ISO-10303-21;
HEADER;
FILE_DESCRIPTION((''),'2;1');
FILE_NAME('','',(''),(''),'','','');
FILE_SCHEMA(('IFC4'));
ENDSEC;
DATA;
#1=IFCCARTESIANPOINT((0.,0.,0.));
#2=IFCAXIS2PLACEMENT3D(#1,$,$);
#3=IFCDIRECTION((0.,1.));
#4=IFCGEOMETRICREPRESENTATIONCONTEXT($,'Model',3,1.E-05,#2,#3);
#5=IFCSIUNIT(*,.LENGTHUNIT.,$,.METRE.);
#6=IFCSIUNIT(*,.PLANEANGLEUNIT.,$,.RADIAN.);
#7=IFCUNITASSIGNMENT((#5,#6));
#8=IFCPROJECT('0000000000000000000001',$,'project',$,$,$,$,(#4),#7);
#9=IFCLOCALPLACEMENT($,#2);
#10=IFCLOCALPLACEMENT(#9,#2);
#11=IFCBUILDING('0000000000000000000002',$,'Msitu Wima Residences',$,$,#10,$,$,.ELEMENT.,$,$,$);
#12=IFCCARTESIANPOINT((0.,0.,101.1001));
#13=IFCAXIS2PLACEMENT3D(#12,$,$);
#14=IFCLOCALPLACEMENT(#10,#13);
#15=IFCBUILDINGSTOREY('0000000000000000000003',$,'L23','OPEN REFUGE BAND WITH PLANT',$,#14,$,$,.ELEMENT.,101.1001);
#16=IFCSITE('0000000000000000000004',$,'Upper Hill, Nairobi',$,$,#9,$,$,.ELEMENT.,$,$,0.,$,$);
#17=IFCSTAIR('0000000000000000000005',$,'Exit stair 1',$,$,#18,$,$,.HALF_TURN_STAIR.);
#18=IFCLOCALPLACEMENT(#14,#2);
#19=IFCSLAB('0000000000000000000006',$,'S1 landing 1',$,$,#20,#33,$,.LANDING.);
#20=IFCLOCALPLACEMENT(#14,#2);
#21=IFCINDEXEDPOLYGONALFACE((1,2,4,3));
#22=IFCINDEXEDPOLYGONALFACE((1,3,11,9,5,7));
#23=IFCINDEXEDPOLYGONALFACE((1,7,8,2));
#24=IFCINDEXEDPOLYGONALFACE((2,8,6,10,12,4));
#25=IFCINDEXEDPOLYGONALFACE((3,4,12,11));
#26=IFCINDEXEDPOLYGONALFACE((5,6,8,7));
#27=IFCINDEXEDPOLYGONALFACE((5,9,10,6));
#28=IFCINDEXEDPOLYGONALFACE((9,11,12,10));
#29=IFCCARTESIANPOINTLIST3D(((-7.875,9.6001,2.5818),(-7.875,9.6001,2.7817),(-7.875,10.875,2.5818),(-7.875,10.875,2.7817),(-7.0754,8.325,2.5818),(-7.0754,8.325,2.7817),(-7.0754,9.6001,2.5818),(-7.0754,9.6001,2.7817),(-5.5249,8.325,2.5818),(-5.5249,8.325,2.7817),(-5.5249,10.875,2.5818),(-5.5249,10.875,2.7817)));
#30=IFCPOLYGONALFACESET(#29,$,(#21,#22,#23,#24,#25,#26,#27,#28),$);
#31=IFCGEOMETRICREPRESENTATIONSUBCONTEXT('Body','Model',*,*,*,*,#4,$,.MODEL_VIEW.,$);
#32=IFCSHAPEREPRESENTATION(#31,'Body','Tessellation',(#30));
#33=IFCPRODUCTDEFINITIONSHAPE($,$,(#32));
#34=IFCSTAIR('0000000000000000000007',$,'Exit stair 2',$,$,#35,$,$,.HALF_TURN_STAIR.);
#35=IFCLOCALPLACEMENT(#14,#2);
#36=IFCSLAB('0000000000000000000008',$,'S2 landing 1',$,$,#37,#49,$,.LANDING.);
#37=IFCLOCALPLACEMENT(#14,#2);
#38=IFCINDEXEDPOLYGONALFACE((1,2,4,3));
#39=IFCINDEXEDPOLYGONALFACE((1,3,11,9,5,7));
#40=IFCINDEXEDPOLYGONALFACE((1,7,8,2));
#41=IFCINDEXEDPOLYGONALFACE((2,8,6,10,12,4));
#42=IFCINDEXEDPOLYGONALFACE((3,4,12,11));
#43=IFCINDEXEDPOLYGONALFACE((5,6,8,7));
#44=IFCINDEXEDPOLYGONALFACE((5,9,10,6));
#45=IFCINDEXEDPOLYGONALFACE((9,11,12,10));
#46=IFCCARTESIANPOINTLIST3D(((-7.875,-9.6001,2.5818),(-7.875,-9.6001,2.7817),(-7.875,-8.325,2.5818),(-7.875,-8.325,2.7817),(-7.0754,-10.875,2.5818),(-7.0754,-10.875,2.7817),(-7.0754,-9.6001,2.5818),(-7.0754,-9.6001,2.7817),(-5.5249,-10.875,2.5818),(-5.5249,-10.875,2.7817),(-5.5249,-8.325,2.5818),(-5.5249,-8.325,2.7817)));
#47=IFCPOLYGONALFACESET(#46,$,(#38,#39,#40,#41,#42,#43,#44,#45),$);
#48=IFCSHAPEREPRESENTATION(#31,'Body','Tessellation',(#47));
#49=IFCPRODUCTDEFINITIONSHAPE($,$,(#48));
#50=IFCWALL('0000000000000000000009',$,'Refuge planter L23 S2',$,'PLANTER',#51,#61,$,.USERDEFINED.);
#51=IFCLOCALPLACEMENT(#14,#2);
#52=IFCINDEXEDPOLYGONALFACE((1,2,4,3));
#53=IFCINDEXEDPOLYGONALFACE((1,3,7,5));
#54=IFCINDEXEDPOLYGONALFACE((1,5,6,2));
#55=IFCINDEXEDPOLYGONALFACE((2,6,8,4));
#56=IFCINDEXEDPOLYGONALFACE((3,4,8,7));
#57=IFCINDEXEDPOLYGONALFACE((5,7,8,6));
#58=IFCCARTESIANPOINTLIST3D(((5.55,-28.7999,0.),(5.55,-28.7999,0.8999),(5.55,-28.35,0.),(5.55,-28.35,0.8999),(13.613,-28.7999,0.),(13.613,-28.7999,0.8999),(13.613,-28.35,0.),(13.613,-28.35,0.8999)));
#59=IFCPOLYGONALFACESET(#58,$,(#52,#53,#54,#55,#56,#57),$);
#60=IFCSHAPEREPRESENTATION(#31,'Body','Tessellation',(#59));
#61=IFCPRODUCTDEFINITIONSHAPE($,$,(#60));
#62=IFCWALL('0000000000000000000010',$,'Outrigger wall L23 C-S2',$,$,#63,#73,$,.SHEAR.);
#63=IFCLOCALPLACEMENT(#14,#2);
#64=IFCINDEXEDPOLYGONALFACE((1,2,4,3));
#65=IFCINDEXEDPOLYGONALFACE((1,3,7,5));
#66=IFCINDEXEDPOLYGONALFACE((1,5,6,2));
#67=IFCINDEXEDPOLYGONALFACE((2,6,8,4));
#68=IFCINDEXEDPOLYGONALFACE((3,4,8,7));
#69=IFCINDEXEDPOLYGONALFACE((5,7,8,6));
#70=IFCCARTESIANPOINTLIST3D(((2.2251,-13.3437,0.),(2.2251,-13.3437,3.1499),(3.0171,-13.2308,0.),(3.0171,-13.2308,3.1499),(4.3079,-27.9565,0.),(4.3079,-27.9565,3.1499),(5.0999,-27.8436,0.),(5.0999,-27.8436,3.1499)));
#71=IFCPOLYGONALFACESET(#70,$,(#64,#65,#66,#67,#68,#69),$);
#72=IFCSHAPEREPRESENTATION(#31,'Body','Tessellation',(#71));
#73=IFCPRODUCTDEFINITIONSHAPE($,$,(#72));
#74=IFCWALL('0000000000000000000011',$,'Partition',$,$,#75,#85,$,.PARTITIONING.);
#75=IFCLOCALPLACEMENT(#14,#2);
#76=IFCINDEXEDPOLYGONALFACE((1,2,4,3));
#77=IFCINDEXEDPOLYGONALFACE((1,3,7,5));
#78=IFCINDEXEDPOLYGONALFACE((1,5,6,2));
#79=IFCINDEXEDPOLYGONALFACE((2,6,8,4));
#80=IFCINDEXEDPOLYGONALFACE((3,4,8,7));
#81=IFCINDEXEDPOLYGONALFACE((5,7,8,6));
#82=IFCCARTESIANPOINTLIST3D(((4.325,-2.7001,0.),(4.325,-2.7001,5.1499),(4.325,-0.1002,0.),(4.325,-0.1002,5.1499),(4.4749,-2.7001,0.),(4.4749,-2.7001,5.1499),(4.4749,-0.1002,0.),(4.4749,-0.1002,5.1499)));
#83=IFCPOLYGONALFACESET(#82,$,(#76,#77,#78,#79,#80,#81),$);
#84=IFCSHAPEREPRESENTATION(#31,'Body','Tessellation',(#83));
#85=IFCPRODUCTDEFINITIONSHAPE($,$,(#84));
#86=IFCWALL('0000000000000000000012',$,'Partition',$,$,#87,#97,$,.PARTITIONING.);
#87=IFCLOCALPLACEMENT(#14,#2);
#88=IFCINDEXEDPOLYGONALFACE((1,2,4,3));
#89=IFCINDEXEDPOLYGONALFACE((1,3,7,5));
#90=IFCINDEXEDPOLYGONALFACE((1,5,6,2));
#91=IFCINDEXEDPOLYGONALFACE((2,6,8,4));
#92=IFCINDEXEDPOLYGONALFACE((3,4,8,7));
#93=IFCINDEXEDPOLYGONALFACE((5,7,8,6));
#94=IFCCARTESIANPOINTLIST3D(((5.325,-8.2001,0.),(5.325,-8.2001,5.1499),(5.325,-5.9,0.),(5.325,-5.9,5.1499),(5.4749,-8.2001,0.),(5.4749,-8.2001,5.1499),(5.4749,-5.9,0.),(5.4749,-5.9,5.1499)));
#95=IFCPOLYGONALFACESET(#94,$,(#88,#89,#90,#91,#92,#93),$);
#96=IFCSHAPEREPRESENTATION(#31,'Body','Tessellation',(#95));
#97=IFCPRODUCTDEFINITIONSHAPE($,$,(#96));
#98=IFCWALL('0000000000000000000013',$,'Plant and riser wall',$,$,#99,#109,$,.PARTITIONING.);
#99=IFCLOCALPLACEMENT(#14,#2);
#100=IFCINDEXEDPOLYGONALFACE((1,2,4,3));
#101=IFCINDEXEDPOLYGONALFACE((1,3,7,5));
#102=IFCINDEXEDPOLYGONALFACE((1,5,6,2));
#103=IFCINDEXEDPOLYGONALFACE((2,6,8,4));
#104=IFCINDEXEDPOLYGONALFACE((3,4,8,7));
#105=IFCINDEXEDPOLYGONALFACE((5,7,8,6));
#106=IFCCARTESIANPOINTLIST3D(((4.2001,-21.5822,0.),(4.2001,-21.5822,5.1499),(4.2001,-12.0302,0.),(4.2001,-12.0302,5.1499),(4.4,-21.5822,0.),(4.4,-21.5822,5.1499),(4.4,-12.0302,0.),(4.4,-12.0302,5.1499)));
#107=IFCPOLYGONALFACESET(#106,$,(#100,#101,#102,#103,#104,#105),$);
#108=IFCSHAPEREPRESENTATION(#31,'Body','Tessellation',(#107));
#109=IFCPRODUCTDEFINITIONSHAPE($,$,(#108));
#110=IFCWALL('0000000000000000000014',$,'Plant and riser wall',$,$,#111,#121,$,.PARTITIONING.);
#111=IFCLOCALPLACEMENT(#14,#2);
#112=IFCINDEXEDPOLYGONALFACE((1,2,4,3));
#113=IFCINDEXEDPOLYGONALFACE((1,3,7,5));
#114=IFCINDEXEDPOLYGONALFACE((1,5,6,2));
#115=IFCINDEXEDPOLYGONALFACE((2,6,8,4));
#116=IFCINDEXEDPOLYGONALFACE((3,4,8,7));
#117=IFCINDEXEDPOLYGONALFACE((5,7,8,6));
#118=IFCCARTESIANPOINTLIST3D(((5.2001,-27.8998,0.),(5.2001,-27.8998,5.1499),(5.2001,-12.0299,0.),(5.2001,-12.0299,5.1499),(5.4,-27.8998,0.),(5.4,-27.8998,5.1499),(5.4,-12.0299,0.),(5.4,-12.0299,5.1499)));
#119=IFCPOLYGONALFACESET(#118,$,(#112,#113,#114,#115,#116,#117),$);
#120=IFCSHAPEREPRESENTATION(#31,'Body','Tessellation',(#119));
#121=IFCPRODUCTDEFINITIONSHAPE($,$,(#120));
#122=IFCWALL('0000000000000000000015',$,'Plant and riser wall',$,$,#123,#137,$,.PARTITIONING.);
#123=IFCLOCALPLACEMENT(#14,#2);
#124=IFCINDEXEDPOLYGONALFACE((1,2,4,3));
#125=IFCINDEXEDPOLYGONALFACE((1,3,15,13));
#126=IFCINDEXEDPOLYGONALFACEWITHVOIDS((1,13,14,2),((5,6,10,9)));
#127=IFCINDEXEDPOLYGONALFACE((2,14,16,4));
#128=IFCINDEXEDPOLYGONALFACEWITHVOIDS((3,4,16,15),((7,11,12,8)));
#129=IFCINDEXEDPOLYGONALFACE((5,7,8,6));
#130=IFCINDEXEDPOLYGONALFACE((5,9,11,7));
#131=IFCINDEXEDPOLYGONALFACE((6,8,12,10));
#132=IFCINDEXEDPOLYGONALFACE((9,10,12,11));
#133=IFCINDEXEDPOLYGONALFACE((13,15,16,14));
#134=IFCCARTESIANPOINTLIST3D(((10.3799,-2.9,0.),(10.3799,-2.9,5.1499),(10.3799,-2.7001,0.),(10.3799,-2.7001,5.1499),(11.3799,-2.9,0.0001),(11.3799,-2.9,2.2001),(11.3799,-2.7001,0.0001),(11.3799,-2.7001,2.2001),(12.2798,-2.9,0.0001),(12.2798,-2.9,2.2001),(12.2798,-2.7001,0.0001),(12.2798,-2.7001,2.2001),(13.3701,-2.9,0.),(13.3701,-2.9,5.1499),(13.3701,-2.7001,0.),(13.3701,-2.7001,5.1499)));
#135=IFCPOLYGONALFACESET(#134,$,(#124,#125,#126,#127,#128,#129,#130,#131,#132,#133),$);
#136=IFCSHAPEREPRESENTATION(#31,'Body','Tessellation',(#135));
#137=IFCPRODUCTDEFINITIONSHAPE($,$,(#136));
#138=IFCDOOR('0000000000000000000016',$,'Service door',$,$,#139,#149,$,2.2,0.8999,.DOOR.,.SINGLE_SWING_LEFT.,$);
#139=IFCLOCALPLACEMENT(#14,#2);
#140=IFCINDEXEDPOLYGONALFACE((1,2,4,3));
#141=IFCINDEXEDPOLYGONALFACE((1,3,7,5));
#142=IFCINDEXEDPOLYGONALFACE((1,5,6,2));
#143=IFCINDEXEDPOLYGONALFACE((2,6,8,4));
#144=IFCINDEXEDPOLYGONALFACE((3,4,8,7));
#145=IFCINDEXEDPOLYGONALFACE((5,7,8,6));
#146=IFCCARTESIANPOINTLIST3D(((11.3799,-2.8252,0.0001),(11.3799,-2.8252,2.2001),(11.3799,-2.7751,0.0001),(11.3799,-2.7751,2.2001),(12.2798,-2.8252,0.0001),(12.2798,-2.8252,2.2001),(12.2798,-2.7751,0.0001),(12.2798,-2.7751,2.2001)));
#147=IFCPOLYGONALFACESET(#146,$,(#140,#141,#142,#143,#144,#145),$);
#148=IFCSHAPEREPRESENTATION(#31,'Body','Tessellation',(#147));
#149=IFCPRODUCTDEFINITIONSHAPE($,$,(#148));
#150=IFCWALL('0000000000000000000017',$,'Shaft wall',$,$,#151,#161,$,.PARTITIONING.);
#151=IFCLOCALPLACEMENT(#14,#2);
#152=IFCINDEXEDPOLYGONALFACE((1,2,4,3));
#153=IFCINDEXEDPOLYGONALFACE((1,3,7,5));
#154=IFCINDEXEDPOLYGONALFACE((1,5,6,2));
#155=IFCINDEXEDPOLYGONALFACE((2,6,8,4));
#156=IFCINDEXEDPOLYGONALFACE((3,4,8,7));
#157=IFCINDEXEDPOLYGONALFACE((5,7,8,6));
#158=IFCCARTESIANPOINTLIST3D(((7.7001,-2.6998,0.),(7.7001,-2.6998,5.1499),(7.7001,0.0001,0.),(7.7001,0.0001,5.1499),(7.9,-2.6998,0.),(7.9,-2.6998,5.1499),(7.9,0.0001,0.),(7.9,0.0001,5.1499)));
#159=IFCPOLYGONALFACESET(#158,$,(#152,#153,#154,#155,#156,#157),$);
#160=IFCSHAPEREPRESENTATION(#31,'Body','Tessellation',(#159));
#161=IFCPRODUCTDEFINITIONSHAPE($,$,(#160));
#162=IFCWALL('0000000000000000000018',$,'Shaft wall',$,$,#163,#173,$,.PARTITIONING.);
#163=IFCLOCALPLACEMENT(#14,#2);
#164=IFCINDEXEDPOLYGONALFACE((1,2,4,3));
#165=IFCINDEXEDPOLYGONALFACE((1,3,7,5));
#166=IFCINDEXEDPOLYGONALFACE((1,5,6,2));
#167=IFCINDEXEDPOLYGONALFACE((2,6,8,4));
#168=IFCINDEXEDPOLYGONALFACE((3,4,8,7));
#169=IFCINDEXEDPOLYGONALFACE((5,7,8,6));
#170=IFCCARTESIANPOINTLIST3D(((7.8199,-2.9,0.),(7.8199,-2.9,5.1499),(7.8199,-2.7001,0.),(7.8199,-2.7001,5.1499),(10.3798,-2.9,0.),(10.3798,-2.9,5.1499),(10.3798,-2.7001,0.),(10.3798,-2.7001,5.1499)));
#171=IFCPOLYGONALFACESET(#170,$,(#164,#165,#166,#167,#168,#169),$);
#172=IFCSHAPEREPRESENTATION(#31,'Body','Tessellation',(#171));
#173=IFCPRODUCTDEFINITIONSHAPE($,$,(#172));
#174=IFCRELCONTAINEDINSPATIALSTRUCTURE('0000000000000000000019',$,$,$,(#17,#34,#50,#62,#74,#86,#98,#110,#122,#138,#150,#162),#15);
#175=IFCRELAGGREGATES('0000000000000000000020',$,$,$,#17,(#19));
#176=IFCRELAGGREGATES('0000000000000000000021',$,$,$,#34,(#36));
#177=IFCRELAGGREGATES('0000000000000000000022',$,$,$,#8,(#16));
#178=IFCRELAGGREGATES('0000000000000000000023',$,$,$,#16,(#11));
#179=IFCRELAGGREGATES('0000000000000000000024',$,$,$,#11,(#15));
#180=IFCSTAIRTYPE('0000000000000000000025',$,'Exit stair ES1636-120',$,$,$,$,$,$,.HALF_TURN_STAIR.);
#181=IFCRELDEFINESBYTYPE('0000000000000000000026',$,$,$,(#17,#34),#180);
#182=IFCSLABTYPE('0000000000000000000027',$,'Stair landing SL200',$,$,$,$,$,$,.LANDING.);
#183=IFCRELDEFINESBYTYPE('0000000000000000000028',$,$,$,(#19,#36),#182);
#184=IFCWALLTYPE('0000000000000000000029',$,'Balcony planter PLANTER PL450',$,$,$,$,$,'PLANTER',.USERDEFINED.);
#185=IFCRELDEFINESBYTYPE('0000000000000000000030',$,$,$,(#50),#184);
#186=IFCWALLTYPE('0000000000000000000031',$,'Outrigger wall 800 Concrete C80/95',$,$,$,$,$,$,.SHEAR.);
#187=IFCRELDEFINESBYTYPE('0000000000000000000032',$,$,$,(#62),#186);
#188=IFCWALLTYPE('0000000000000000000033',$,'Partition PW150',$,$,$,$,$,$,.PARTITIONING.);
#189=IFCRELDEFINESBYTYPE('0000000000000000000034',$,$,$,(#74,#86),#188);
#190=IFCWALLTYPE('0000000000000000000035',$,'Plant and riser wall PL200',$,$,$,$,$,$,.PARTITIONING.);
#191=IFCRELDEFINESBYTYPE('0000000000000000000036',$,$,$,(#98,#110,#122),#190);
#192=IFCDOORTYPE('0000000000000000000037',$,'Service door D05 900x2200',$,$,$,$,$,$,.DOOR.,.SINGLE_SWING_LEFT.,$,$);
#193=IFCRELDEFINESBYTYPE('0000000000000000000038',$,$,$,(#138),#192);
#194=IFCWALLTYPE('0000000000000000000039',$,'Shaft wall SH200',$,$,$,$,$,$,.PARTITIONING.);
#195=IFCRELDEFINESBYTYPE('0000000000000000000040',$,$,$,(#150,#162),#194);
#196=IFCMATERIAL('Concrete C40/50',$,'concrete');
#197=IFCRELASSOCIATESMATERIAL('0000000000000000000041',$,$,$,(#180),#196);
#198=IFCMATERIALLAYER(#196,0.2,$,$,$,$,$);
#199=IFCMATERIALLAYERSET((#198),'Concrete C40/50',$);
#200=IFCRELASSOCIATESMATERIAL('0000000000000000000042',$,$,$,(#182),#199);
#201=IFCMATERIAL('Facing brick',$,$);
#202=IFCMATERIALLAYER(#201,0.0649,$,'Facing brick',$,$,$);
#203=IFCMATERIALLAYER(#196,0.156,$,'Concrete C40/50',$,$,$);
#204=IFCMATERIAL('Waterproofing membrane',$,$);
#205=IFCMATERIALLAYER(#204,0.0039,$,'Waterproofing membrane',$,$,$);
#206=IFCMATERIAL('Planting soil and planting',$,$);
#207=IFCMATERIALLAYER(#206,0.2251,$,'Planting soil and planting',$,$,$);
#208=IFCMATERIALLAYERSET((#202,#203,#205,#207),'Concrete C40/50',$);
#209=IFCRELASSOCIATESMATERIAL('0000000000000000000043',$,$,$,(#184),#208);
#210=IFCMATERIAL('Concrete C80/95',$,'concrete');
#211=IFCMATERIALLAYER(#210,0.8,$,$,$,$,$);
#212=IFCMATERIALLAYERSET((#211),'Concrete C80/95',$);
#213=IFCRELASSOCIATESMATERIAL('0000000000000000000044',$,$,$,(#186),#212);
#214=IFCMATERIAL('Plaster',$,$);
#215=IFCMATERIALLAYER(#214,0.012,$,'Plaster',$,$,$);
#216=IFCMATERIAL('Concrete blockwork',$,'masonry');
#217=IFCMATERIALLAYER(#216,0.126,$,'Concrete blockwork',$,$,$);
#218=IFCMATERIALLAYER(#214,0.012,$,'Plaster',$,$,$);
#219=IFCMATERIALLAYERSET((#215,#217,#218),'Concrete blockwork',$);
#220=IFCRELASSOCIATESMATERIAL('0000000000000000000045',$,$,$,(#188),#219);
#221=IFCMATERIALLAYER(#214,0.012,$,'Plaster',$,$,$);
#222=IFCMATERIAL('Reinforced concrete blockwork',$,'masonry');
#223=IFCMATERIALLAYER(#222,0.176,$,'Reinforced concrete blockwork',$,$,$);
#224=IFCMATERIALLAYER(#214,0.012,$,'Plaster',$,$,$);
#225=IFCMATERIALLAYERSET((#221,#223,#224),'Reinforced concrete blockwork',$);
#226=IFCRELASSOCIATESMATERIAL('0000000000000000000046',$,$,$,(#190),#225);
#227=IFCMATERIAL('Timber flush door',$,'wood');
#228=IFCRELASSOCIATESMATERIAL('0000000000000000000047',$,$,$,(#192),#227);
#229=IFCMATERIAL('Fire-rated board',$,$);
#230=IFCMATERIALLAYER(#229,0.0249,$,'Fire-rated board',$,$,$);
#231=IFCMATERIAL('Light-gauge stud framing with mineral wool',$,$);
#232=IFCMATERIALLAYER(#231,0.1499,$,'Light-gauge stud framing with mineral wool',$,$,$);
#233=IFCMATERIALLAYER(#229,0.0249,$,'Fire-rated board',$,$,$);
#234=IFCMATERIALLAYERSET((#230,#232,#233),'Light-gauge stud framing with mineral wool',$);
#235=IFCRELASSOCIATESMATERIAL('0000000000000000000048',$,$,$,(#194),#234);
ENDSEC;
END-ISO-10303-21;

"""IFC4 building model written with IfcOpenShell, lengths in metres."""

from ifc_helpers import new_model, si_unit, direction, frame, frame_2d, origin, place, context, subcontext, project, spatial, polyline, rectangle, outline, extrude, material, layer, layer_set, type_object, element, fill, aggregate, save


model = new_model("IFC4")

# Units and contexts
model_context = context("Model", 3, precision=1e-05, world=origin(), true_north=direction((0.0, 1.0)))
body_context = subcontext(model_context, "Body", "Model", "MODEL_VIEW")
ifc_project = project(units=[si_unit("LENGTHUNIT", "METRE"), si_unit("PLANEANGLEUNIT", "RADIAN")], contexts=[model_context])

# Site, building, storey
site_placement = place(None, origin())
site = spatial("IfcSite", under=ifc_project, at=site_placement, Name="Upper Hill, Nairobi", CompositionType="ELEMENT", RefElevation=0.0)
building_placement = place(site_placement, origin())
building = spatial("IfcBuilding", under=site, at=building_placement, Name="Msitu Wima Residences", CompositionType="ELEMENT")
storey_placement = place(building_placement, frame((0.0, 0.0, 101.1001)))
storey = spatial("IfcBuildingStorey", under=building, at=storey_placement, Name="L23", Description="OPEN REFUGE BAND WITH PLANT", CompositionType="ELEMENT", Elevation=101.1001)

# Shared definitions
ifc_material_1 = material(Name="Concrete C80/95", Category="concrete")

# Shared definitions
ifc_material_2 = material(Name="Concrete C40/50", Category="concrete")

# Stairs, slabs
stair_type = type_object("IfcStairType", Name="Exit stair ES1636-120", PredefinedType="HALF_TURN_STAIR", material=ifc_material_2)
stair_1_placement = place(storey_placement, origin())
stair_1 = element("IfcStair", 1, at=stair_1_placement, inside=storey, type_object=stair_type, Name="Exit stair 1", PredefinedType="HALF_TURN_STAIR")
ifc_layer_1 = layer(ifc_material_2, 0.2)
ifc_layer_set_1 = layer_set([ifc_layer_1], Name="Concrete C40/50")
slab_type_1 = type_object("IfcSlabType", Name="Stair landing SL200", PredefinedType="LANDING", material=ifc_layer_set_1)
slab_1_placement = place(storey_placement, frame((0.0, 0.0, 2.5818)))
slab_1 = element("IfcSlab", 2, at=slab_1_placement, type_object=slab_type_1, Name="S1 landing 1", PredefinedType="LANDING", context=body_context, shape_type="SweptSolid", body=[
    extrude(outline(polyline([(-5.5249, 8.325), (-7.0754, 8.325), (-7.0754, 9.6001), (-7.875, 9.6001), (-7.875, 10.875), (-5.5249, 10.875), (-5.5249, 8.325)])), origin(), (0.0, 0.0, 1.0), 0.2),
])
aggregate(stair_1, [slab_1])
stair_2_placement = place(storey_placement, origin())
stair_2 = element("IfcStair", 3, at=stair_2_placement, inside=storey, type_object=stair_type, Name="Exit stair 2", PredefinedType="HALF_TURN_STAIR")
slab_2_placement = place(storey_placement, frame((0.0, 0.0, 2.5818)))
slab_2 = element("IfcSlab", 4, at=slab_2_placement, type_object=slab_type_1, Name="S2 landing 1", PredefinedType="LANDING", context=body_context, shape_type="SweptSolid", body=[
    extrude(outline(polyline([(-5.5249, -10.875), (-7.0754, -10.875), (-7.0754, -9.6001), (-7.875, -9.6001), (-7.875, -8.325), (-5.5249, -8.325), (-5.5249, -10.875)])), origin(), (0.0, 0.0, 1.0), 0.2),
])
aggregate(stair_2, [slab_2])

# Walls
ifc_material_3 = material(Name="Facing brick")
ifc_layer_2 = layer(ifc_material_3, 0.0649, Name="Facing brick")
ifc_layer_3 = layer(ifc_material_2, 0.156, Name="Concrete C40/50")
ifc_material_4 = material(Name="Waterproofing membrane")
ifc_layer_4 = layer(ifc_material_4, 0.0039, Name="Waterproofing membrane")
ifc_material_5 = material(Name="Planting soil and planting")
ifc_layer_5 = layer(ifc_material_5, 0.2251, Name="Planting soil and planting")
ifc_layer_set_2 = layer_set([ifc_layer_2, ifc_layer_3, ifc_layer_4, ifc_layer_5], Name="Concrete C40/50")
wall_type_1 = type_object("IfcWallType", Name="Balcony planter PLANTER PL450", ElementType="PLANTER", PredefinedType="USERDEFINED", material=ifc_layer_set_2)
wall_1_placement = place(storey_placement, frame((5.55, -28.575, 0.0), z_axis=(0.0, 0.0, 1.0), x_axis=(1.0, 0.0, 0.0)))
element("IfcWall", 5, at=wall_1_placement, inside=storey, type_object=wall_type_1, Name="Refuge planter L23 S2", ObjectType="PLANTER", PredefinedType="USERDEFINED", context=body_context, shape_type="SweptSolid", body=[
    extrude(rectangle(XDim=8.063, YDim=0.45, at=frame_2d((4.0315, 0.0))), origin(), (0.0, 0.0, 1.0), 0.8999),
])
ifc_layer_6 = layer(ifc_material_1, 0.8)
ifc_layer_set_3 = layer_set([ifc_layer_6], Name="Concrete C80/95")
wall_type_2 = type_object("IfcWallType", Name="Outrigger wall 800 Concrete C80/95", PredefinedType="SHEAR", material=ifc_layer_set_3)
wall_2_placement = place(storey_placement, frame((2.6211, -13.2871, 0.0), z_axis=(0.0, 0.0, 1.0), x_axis=(0.141104, -0.989995, 0.0)))
element("IfcWall", 6, at=wall_2_placement, inside=storey, type_object=wall_type_2, Name="Outrigger wall L23 C-S2", PredefinedType="SHEAR", context=body_context, shape_type="SweptSolid", body=[
    extrude(rectangle(XDim=14.7605, YDim=0.8, at=frame_2d((7.3804, 0.0))), origin(), (0.0, 0.0, 1.0), 3.1499),
])
ifc_material_6 = material(Name="Plaster")
ifc_layer_7 = layer(ifc_material_6, 0.012, Name="Plaster")
ifc_material_7 = material(Name="Concrete blockwork", Category="masonry")
ifc_layer_8 = layer(ifc_material_7, 0.126, Name="Concrete blockwork")
ifc_layer_9 = layer(ifc_material_6, 0.012, Name="Plaster")
ifc_layer_set_4 = layer_set([ifc_layer_7, ifc_layer_8, ifc_layer_9], Name="Concrete blockwork")
wall_type_3 = type_object("IfcWallType", Name="Partition PW150", PredefinedType="PARTITIONING", material=ifc_layer_set_4)
wall_3_placement = place(storey_placement, frame((4.3999, -2.7, 0.0), z_axis=(0.0, 0.0, 1.0), x_axis=(0.0, 1.0, 0.0)))
element("IfcWall", 7, at=wall_3_placement, inside=storey, type_object=wall_type_3, Name="Partition", PredefinedType="PARTITIONING", context=body_context, shape_type="SweptSolid", body=[
    extrude(rectangle(XDim=2.5999, YDim=0.1499, at=frame_2d((1.2998, 0.0))), origin(), (0.0, 0.0, 1.0), 5.1499),
])
wall_4_placement = place(storey_placement, frame((5.3999, -8.2, 0.0), z_axis=(0.0, 0.0, 1.0), x_axis=(0.0, 1.0, 0.0)))
element("IfcWall", 8, at=wall_4_placement, inside=storey, type_object=wall_type_3, Name="Partition", PredefinedType="PARTITIONING", context=body_context, shape_type="SweptSolid", body=[
    extrude(rectangle(XDim=2.3, YDim=0.1499, at=frame_2d((1.1499, 0.0))), origin(), (0.0, 0.0, 1.0), 5.1499),
])
ifc_layer_10 = layer(ifc_material_6, 0.012, Name="Plaster")
ifc_material_8 = material(Name="Reinforced concrete blockwork", Category="masonry")
ifc_layer_11 = layer(ifc_material_8, 0.176, Name="Reinforced concrete blockwork")
ifc_layer_12 = layer(ifc_material_6, 0.012, Name="Plaster")
ifc_layer_set_5 = layer_set([ifc_layer_10, ifc_layer_11, ifc_layer_12], Name="Reinforced concrete blockwork")
wall_type_4 = type_object("IfcWallType", Name="Plant and riser wall PL200", PredefinedType="PARTITIONING", material=ifc_layer_set_5)
wall_5_placement = place(storey_placement, frame((4.3, -21.582, 0.0), z_axis=(0.0, 0.0, 1.0), x_axis=(0.0, 1.0, 0.0)))
element("IfcWall", 9, at=wall_5_placement, inside=storey, type_object=wall_type_4, Name="Plant and riser wall", PredefinedType="PARTITIONING", context=body_context, shape_type="SweptSolid", body=[
    extrude(rectangle(XDim=9.552, YDim=0.2, at=frame_2d((4.7759, 0.0))), origin(), (0.0, 0.0, 1.0), 5.1499),
])
wall_6_placement = place(storey_placement, frame((5.3, -27.8999, 0.0), z_axis=(0.0, 0.0, 1.0), x_axis=(0.0, 1.0, 0.0)))
element("IfcWall", 10, at=wall_6_placement, inside=storey, type_object=wall_type_4, Name="Plant and riser wall", PredefinedType="PARTITIONING", context=body_context, shape_type="SweptSolid", body=[
    extrude(rectangle(XDim=15.8699, YDim=0.2, at=frame_2d((7.9351, 0.0))), origin(), (0.0, 0.0, 1.0), 5.1499),
])

# Wall, opening, door
wall_7_placement = place(storey_placement, frame((10.3799, -2.8, 0.0), z_axis=(0.0, 0.0, 1.0), x_axis=(1.0, 0.0, 0.0)))
wall_7 = element("IfcWall", 11, at=wall_7_placement, inside=storey, type_object=wall_type_4, Name="Plant and riser wall", PredefinedType="PARTITIONING", context=body_context, shape_type="SweptSolid", body=[
    extrude(rectangle(XDim=2.9902, YDim=0.2, at=frame_2d((1.4951, 0.0))), origin(), (0.0, 0.0, 1.0), 5.1499),
])
opening_placement = place(wall_7_placement, frame((1.0, 0.0, 0.0)))
opening = element("IfcOpeningElement", 12, at=opening_placement, cuts=wall_7, PredefinedType="OPENING", context=body_context, shape_type="SweptSolid", body=[
    extrude(rectangle(XDim=0.8999, YDim=2.2, at=frame_2d((0.45, 1.1001))), frame((0.0, 0.1099, 0.0), z_axis=(0.0, -1.0, 0.0), x_axis=(1.0, 0.0, 0.0)), (0.0, 0.0, 1.0), 0.22),
])
ifc_material_9 = material(Name="Timber flush door", Category="wood")
door_type = type_object("IfcDoorType", Name="Service door D05 900x2200", OperationType="SINGLE_SWING_LEFT", PredefinedType="DOOR", material=ifc_material_9)
door_placement = place(opening_placement, origin())
door = element("IfcDoor", 13, at=door_placement, inside=storey, type_object=door_type, Name="Service door", OperationType="SINGLE_SWING_LEFT", OverallHeight=2.2, OverallWidth=0.8999, PredefinedType="DOOR", context=body_context, shape_type="SweptSolid", body=[
    extrude(rectangle(XDim=0.8999, YDim=2.2, at=frame_2d((0.45, 1.1001))), frame((0.0, 0.0249, 0.0), z_axis=(0.0, -1.0, 0.0), x_axis=(1.0, 0.0, 0.0)), (0.0, 0.0, 1.0), 0.05),
])
fill(opening, door)

# Walls
ifc_material_10 = material(Name="Fire-rated board")
ifc_layer_13 = layer(ifc_material_10, 0.0249, Name="Fire-rated board")
ifc_material_11 = material(Name="Light-gauge stud framing with mineral wool")
ifc_layer_14 = layer(ifc_material_11, 0.1499, Name="Light-gauge stud framing with mineral wool")
ifc_layer_15 = layer(ifc_material_10, 0.0249, Name="Fire-rated board")
ifc_layer_set_6 = layer_set([ifc_layer_13, ifc_layer_14, ifc_layer_15], Name="Light-gauge stud framing with mineral wool")
wall_type_5 = type_object("IfcWallType", Name="Shaft wall SH200", PredefinedType="PARTITIONING", material=ifc_layer_set_6)
wall_8_placement = place(storey_placement, frame((7.8, -2.7, 0.0), z_axis=(0.0, 0.0, 1.0), x_axis=(0.0, 1.0, 0.0)))
element("IfcWall", 14, at=wall_8_placement, inside=storey, type_object=wall_type_5, Name="Shaft wall", PredefinedType="PARTITIONING", context=body_context, shape_type="SweptSolid", body=[
    extrude(rectangle(XDim=2.7, YDim=0.2, at=frame_2d((1.3501, 0.0))), origin(), (0.0, 0.0, 1.0), 5.1499),
])
wall_9_placement = place(storey_placement, frame((7.8201, -2.8, 0.0), z_axis=(0.0, 0.0, 1.0), x_axis=(1.0, 0.0, 0.0)))
element("IfcWall", 15, at=wall_9_placement, inside=storey, type_object=wall_type_5, Name="Shaft wall", PredefinedType="PARTITIONING", context=body_context, shape_type="SweptSolid", body=[
    extrude(rectangle(XDim=2.5598, YDim=0.2, at=frame_2d((1.2798, 0.0))), origin(), (0.0, 0.0, 1.0), 5.1499),
])

save(model, "model.ifc")
